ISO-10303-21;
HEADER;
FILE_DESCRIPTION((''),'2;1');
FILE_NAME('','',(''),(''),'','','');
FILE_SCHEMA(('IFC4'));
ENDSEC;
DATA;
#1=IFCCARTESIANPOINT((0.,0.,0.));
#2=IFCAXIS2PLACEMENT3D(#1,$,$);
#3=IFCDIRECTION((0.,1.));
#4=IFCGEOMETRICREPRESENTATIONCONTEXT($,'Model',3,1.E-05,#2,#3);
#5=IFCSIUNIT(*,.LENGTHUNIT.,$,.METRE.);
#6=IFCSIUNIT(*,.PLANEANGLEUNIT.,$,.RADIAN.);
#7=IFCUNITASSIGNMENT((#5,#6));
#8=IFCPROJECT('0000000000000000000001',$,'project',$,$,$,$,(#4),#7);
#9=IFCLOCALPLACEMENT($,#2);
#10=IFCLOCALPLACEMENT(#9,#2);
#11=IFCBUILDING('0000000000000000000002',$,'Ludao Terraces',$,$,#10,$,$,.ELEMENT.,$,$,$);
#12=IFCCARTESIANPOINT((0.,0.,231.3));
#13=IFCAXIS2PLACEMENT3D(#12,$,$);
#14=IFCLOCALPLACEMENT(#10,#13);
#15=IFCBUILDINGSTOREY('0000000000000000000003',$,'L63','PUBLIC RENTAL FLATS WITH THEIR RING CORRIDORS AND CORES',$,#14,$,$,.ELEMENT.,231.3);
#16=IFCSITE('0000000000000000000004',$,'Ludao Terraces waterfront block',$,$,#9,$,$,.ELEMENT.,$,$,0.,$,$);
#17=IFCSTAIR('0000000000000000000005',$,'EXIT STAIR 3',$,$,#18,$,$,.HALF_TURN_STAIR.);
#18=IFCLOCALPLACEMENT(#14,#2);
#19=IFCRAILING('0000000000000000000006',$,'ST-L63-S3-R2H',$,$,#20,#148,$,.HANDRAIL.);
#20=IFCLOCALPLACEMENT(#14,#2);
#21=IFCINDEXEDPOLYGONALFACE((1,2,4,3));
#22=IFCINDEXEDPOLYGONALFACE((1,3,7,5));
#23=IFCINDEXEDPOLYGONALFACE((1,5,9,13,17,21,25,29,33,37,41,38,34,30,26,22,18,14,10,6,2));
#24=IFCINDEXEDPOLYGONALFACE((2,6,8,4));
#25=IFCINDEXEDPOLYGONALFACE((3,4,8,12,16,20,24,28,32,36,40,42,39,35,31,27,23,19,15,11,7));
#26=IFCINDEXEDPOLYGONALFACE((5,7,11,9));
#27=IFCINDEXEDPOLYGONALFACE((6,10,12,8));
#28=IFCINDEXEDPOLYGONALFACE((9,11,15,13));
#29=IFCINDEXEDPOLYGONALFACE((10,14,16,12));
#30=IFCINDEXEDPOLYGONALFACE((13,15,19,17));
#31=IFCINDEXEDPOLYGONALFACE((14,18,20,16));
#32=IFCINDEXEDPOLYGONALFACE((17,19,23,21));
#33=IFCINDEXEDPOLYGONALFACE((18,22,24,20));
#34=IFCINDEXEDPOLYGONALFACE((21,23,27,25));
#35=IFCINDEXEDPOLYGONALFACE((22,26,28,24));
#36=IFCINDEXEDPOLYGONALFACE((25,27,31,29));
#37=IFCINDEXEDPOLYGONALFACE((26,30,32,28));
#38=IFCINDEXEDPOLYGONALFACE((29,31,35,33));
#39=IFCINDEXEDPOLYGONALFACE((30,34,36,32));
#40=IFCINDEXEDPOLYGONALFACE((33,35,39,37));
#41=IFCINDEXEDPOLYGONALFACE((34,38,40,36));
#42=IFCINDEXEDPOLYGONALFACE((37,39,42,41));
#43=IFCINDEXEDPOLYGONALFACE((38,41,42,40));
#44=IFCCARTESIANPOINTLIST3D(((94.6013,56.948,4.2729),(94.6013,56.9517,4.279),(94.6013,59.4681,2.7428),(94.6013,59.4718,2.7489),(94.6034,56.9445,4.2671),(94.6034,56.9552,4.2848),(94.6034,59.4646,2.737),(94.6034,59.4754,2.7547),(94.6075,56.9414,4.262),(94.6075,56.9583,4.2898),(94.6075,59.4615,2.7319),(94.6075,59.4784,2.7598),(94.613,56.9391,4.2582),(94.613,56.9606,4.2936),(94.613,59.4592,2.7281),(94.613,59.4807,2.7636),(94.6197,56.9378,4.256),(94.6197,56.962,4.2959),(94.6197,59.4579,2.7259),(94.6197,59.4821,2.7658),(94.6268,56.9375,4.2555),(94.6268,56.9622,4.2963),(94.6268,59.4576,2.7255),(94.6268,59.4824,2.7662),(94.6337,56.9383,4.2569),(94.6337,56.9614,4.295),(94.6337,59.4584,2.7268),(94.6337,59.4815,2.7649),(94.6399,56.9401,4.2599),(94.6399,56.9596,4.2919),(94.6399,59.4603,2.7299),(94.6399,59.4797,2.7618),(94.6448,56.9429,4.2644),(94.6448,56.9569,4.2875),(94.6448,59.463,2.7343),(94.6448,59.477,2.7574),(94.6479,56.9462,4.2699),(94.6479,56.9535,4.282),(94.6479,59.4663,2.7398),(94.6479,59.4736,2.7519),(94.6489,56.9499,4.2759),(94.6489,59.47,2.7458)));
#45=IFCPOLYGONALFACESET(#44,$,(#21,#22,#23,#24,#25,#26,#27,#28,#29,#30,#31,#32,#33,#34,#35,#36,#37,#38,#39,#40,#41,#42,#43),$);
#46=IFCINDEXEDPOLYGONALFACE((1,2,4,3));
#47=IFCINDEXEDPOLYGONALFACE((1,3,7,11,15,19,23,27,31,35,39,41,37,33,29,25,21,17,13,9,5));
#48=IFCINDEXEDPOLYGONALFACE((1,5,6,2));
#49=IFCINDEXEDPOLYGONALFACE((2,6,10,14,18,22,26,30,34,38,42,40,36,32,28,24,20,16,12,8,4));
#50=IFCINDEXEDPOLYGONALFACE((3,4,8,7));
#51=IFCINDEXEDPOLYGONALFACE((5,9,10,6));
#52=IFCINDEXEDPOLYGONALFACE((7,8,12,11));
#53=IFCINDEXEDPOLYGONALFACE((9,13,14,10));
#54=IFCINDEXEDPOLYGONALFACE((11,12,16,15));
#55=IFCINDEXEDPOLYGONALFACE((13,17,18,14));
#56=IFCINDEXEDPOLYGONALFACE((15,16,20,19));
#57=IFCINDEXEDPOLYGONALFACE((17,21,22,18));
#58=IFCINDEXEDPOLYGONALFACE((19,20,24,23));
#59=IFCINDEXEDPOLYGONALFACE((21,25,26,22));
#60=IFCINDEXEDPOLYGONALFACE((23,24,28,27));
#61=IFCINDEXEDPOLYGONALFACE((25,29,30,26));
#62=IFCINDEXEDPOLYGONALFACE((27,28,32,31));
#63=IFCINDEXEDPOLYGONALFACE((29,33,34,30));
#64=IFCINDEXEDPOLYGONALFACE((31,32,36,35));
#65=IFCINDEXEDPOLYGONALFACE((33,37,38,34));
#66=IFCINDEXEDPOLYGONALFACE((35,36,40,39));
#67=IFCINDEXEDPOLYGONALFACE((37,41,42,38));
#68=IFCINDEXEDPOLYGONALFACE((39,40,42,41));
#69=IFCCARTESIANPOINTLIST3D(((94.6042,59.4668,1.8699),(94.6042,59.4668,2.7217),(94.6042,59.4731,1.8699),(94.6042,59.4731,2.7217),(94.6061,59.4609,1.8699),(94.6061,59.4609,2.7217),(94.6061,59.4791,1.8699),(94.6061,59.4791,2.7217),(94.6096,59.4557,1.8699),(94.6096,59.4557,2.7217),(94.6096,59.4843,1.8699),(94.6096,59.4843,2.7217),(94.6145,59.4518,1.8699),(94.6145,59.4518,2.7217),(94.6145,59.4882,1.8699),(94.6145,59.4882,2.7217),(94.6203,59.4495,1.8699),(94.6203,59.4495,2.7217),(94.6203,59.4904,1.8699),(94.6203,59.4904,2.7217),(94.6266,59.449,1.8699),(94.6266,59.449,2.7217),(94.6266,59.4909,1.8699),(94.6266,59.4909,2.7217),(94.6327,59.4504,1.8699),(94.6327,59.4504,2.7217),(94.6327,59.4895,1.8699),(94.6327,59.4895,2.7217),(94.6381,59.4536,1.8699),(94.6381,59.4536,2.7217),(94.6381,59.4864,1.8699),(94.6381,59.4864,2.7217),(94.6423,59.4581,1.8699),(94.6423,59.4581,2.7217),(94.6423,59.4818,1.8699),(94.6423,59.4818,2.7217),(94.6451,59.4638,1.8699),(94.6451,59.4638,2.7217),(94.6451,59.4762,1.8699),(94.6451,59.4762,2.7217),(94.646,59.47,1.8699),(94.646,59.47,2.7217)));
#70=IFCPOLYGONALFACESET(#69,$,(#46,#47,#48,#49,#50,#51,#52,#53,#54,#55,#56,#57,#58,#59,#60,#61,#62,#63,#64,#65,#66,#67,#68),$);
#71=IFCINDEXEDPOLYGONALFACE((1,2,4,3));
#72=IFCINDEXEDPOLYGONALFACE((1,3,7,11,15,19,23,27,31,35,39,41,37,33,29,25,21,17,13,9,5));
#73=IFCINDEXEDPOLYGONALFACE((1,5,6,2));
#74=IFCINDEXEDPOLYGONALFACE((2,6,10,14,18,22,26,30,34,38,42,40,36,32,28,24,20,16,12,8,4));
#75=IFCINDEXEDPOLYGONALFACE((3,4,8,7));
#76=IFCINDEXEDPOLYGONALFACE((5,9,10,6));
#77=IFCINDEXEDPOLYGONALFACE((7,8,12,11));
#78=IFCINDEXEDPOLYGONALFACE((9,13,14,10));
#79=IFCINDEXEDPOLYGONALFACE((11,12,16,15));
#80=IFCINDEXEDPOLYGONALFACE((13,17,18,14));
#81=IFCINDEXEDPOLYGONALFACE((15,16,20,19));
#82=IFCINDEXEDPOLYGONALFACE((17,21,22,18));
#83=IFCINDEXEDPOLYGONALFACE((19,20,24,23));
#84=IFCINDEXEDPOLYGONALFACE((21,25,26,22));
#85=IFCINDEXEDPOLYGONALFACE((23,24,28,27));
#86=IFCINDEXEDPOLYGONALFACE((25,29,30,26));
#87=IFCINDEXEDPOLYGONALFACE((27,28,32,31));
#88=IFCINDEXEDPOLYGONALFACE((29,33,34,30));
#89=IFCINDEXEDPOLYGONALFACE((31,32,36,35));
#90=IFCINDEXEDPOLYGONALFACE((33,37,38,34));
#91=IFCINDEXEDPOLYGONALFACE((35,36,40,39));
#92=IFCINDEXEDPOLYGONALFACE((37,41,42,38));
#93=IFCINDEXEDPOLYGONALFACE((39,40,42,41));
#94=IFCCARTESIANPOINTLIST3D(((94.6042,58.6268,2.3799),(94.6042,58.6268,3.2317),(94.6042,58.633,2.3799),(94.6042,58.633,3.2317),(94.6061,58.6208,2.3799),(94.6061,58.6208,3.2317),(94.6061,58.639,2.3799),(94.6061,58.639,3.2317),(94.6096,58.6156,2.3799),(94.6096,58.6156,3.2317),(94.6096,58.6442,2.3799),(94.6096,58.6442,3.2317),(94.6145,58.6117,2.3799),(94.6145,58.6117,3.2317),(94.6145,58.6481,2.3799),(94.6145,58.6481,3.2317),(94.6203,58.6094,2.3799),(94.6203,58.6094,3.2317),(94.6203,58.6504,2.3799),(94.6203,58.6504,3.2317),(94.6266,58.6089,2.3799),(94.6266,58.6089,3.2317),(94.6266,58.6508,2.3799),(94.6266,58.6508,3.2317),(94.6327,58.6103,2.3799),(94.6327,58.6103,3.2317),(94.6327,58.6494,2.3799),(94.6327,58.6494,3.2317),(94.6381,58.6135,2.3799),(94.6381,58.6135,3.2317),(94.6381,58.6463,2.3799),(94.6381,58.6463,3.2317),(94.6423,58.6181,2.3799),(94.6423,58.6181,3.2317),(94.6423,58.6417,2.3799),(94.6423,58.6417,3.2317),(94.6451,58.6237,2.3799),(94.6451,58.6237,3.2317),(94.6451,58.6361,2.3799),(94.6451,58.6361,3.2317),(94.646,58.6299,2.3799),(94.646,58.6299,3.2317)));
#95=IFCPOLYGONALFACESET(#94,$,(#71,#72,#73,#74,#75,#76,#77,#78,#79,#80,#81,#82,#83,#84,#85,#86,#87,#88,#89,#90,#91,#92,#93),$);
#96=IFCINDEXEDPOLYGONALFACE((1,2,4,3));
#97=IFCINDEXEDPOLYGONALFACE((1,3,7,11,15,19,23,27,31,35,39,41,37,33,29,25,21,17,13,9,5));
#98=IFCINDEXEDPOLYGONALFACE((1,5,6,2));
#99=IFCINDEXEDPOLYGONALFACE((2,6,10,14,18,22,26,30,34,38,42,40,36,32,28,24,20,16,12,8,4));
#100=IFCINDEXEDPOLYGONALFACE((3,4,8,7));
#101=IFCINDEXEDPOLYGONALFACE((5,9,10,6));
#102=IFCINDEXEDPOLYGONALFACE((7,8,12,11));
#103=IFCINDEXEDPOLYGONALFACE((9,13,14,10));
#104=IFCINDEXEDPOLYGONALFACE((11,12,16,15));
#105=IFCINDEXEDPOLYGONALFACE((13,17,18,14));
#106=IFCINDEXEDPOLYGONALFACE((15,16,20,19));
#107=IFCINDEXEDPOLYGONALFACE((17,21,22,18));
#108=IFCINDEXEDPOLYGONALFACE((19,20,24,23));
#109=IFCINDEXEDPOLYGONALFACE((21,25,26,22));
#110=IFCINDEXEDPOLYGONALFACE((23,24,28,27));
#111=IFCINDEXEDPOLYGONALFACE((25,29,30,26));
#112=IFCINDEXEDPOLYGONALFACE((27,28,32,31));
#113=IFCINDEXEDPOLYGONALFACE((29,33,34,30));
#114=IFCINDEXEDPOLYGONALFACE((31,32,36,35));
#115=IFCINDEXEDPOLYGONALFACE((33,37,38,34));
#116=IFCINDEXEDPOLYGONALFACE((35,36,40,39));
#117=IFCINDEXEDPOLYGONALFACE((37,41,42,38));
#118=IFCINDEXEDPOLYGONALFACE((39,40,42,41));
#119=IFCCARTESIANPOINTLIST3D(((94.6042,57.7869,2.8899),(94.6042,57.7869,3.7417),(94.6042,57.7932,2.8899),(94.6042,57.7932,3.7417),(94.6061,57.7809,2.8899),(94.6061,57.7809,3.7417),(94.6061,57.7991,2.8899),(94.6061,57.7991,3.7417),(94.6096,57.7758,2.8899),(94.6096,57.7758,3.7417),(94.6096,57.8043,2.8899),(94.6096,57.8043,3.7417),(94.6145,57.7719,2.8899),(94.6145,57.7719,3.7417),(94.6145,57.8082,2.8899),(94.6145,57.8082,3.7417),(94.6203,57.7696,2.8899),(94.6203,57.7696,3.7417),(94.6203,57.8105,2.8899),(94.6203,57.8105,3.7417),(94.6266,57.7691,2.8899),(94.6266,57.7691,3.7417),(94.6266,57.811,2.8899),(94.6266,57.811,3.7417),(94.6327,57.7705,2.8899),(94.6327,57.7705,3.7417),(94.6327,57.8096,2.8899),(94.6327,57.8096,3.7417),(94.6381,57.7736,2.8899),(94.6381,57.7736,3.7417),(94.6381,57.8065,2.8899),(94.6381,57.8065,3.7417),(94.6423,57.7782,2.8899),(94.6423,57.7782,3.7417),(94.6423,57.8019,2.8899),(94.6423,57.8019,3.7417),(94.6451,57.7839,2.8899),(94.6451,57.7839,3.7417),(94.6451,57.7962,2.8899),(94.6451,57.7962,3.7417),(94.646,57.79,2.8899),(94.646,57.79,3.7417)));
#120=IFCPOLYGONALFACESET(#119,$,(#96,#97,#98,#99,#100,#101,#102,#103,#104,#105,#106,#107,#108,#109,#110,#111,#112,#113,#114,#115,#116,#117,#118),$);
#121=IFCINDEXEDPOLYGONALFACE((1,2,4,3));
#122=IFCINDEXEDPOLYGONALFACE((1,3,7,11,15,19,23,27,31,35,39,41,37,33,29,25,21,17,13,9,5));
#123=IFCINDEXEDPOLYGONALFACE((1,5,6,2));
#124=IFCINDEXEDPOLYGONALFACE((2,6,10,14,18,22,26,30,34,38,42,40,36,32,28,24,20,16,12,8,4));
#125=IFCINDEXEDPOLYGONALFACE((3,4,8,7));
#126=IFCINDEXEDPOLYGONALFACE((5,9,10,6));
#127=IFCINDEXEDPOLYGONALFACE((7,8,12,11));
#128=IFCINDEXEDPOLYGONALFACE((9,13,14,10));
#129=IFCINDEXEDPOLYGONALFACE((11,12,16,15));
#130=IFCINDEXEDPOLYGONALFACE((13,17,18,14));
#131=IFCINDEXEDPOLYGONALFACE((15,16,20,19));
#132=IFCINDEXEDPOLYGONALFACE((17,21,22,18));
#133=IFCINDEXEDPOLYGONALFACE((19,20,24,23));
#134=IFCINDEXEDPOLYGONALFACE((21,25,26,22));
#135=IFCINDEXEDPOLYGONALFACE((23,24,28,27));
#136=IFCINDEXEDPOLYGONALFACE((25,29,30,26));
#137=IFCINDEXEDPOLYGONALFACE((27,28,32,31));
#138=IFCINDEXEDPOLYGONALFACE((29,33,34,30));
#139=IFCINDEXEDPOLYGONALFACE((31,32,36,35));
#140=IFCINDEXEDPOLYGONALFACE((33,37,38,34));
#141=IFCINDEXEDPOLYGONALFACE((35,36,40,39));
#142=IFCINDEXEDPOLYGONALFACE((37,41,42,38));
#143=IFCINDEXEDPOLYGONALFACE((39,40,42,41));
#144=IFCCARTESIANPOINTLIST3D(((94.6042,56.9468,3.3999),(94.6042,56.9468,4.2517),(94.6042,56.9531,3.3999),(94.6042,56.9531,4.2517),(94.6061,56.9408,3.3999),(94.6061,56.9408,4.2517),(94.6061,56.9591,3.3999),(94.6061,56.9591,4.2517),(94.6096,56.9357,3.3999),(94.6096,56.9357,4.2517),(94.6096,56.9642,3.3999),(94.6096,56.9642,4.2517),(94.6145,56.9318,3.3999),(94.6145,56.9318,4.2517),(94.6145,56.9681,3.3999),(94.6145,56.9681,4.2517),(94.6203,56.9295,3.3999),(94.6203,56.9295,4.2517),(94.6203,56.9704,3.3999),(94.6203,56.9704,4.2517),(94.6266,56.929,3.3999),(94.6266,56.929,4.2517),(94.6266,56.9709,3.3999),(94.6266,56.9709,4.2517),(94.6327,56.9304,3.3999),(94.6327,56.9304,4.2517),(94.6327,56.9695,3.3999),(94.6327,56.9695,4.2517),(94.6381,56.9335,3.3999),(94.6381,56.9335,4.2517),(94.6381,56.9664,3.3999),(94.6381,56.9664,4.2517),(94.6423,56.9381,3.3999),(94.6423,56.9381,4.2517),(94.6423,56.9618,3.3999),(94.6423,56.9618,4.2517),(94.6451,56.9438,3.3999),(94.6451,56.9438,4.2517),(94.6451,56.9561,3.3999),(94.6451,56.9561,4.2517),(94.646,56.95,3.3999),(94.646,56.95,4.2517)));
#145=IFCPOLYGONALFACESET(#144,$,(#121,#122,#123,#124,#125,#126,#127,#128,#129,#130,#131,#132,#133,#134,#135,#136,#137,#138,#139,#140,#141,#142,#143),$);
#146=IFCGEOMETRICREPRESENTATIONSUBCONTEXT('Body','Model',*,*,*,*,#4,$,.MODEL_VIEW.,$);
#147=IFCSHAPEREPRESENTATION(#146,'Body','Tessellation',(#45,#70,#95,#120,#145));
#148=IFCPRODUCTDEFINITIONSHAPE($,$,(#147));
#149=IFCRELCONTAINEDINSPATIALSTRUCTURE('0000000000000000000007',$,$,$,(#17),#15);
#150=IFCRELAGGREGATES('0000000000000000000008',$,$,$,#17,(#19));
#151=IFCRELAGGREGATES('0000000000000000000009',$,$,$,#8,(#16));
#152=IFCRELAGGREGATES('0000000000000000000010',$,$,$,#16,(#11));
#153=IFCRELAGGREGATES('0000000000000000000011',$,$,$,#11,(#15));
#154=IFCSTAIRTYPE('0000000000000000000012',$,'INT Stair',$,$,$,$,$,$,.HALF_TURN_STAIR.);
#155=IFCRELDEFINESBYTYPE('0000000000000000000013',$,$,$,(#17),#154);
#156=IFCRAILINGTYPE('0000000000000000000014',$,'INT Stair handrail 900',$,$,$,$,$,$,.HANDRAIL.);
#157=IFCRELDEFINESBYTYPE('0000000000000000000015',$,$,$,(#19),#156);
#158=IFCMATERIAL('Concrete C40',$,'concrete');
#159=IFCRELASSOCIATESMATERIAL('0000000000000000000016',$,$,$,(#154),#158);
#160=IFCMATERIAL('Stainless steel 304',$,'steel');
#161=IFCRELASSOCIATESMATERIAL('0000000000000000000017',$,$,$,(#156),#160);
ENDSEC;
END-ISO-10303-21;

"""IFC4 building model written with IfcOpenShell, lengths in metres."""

from ifc_helpers import new_model, si_unit, direction, frame, origin, origin_2d, place, context, subcontext, project, spatial, circle, extrude, material, type_object, element, aggregate, save


model = new_model("IFC4")

# Units and contexts
model_context = context("Model", 3, precision=1e-05, world=origin(), true_north=direction((0.0, 1.0)))
body_context = subcontext(model_context, "Body", "Model", "MODEL_VIEW")
ifc_project = project(units=[si_unit("LENGTHUNIT", "METRE"), si_unit("PLANEANGLEUNIT", "RADIAN")], contexts=[model_context])

# Site, building, storey
site_placement = place(None, origin())
site = spatial("IfcSite", under=ifc_project, at=site_placement, Name="Ludao Terraces waterfront block", CompositionType="ELEMENT", RefElevation=0.0)
building_placement = place(site_placement, origin())
building = spatial("IfcBuilding", under=site, at=building_placement, Name="Ludao Terraces", CompositionType="ELEMENT")
storey_placement = place(building_placement, frame((0.0, 0.0, 231.3)))
storey = spatial("IfcBuildingStorey", under=building, at=storey_placement, Name="L63", Description="PUBLIC RENTAL FLATS WITH THEIR RING CORRIDORS AND CORES", CompositionType="ELEMENT", Elevation=231.3)

# Shared definitions
ifc_material_1 = material(Name="Concrete C40", Category="concrete")

# Stair, railing
stair_type = type_object("IfcStairType", Name="INT Stair", PredefinedType="HALF_TURN_STAIR", material=ifc_material_1)
stair_placement = place(storey_placement, origin())
stair = element("IfcStair", 1, at=stair_placement, inside=storey, type_object=stair_type, Name="EXIT STAIR 3", PredefinedType="HALF_TURN_STAIR")
ifc_material_2 = material(Name="Stainless steel 304", Category="steel")
railing_type_1 = type_object("IfcRailingType", Name="INT Stair handrail 900", PredefinedType="HANDRAIL", material=ifc_material_2)
railing_1_placement = place(storey_placement, frame((94.625, 59.47, 1.8699)))
railing_1 = element("IfcRailing", 2, at=railing_1_placement, type_object=railing_type_1, Name="ST-L63-S3-R2H", PredefinedType="HANDRAIL", context=body_context, shape_type="SweptSolid", body=[
    extrude(circle(Radius=0.0239, at=origin_2d()), frame((0.0, 0.0, 0.876), z_axis=(0.0, -0.854785, 0.518982), x_axis=(1.0, 0.0, 0.0)), (0.0, 0.0, 1.0), 2.9482),
    extrude(circle(Radius=0.021, at=origin_2d()), origin(), (0.0, 0.0, 1.0), 0.8518),
    extrude(circle(Radius=0.021, at=origin_2d()), frame((0.0, -0.8401, 0.51)), (0.0, 0.0, 1.0), 0.8518),
    extrude(circle(Radius=0.021, at=origin_2d()), frame((0.0, -1.6799, 1.02)), (0.0, 0.0, 1.0), 0.8518),
    extrude(circle(Radius=0.021, at=origin_2d()), frame((0.0, -2.52, 1.53)), (0.0, 0.0, 1.0), 0.8518),
])
aggregate(stair, [railing_1])

save(model, "model.ifc")
